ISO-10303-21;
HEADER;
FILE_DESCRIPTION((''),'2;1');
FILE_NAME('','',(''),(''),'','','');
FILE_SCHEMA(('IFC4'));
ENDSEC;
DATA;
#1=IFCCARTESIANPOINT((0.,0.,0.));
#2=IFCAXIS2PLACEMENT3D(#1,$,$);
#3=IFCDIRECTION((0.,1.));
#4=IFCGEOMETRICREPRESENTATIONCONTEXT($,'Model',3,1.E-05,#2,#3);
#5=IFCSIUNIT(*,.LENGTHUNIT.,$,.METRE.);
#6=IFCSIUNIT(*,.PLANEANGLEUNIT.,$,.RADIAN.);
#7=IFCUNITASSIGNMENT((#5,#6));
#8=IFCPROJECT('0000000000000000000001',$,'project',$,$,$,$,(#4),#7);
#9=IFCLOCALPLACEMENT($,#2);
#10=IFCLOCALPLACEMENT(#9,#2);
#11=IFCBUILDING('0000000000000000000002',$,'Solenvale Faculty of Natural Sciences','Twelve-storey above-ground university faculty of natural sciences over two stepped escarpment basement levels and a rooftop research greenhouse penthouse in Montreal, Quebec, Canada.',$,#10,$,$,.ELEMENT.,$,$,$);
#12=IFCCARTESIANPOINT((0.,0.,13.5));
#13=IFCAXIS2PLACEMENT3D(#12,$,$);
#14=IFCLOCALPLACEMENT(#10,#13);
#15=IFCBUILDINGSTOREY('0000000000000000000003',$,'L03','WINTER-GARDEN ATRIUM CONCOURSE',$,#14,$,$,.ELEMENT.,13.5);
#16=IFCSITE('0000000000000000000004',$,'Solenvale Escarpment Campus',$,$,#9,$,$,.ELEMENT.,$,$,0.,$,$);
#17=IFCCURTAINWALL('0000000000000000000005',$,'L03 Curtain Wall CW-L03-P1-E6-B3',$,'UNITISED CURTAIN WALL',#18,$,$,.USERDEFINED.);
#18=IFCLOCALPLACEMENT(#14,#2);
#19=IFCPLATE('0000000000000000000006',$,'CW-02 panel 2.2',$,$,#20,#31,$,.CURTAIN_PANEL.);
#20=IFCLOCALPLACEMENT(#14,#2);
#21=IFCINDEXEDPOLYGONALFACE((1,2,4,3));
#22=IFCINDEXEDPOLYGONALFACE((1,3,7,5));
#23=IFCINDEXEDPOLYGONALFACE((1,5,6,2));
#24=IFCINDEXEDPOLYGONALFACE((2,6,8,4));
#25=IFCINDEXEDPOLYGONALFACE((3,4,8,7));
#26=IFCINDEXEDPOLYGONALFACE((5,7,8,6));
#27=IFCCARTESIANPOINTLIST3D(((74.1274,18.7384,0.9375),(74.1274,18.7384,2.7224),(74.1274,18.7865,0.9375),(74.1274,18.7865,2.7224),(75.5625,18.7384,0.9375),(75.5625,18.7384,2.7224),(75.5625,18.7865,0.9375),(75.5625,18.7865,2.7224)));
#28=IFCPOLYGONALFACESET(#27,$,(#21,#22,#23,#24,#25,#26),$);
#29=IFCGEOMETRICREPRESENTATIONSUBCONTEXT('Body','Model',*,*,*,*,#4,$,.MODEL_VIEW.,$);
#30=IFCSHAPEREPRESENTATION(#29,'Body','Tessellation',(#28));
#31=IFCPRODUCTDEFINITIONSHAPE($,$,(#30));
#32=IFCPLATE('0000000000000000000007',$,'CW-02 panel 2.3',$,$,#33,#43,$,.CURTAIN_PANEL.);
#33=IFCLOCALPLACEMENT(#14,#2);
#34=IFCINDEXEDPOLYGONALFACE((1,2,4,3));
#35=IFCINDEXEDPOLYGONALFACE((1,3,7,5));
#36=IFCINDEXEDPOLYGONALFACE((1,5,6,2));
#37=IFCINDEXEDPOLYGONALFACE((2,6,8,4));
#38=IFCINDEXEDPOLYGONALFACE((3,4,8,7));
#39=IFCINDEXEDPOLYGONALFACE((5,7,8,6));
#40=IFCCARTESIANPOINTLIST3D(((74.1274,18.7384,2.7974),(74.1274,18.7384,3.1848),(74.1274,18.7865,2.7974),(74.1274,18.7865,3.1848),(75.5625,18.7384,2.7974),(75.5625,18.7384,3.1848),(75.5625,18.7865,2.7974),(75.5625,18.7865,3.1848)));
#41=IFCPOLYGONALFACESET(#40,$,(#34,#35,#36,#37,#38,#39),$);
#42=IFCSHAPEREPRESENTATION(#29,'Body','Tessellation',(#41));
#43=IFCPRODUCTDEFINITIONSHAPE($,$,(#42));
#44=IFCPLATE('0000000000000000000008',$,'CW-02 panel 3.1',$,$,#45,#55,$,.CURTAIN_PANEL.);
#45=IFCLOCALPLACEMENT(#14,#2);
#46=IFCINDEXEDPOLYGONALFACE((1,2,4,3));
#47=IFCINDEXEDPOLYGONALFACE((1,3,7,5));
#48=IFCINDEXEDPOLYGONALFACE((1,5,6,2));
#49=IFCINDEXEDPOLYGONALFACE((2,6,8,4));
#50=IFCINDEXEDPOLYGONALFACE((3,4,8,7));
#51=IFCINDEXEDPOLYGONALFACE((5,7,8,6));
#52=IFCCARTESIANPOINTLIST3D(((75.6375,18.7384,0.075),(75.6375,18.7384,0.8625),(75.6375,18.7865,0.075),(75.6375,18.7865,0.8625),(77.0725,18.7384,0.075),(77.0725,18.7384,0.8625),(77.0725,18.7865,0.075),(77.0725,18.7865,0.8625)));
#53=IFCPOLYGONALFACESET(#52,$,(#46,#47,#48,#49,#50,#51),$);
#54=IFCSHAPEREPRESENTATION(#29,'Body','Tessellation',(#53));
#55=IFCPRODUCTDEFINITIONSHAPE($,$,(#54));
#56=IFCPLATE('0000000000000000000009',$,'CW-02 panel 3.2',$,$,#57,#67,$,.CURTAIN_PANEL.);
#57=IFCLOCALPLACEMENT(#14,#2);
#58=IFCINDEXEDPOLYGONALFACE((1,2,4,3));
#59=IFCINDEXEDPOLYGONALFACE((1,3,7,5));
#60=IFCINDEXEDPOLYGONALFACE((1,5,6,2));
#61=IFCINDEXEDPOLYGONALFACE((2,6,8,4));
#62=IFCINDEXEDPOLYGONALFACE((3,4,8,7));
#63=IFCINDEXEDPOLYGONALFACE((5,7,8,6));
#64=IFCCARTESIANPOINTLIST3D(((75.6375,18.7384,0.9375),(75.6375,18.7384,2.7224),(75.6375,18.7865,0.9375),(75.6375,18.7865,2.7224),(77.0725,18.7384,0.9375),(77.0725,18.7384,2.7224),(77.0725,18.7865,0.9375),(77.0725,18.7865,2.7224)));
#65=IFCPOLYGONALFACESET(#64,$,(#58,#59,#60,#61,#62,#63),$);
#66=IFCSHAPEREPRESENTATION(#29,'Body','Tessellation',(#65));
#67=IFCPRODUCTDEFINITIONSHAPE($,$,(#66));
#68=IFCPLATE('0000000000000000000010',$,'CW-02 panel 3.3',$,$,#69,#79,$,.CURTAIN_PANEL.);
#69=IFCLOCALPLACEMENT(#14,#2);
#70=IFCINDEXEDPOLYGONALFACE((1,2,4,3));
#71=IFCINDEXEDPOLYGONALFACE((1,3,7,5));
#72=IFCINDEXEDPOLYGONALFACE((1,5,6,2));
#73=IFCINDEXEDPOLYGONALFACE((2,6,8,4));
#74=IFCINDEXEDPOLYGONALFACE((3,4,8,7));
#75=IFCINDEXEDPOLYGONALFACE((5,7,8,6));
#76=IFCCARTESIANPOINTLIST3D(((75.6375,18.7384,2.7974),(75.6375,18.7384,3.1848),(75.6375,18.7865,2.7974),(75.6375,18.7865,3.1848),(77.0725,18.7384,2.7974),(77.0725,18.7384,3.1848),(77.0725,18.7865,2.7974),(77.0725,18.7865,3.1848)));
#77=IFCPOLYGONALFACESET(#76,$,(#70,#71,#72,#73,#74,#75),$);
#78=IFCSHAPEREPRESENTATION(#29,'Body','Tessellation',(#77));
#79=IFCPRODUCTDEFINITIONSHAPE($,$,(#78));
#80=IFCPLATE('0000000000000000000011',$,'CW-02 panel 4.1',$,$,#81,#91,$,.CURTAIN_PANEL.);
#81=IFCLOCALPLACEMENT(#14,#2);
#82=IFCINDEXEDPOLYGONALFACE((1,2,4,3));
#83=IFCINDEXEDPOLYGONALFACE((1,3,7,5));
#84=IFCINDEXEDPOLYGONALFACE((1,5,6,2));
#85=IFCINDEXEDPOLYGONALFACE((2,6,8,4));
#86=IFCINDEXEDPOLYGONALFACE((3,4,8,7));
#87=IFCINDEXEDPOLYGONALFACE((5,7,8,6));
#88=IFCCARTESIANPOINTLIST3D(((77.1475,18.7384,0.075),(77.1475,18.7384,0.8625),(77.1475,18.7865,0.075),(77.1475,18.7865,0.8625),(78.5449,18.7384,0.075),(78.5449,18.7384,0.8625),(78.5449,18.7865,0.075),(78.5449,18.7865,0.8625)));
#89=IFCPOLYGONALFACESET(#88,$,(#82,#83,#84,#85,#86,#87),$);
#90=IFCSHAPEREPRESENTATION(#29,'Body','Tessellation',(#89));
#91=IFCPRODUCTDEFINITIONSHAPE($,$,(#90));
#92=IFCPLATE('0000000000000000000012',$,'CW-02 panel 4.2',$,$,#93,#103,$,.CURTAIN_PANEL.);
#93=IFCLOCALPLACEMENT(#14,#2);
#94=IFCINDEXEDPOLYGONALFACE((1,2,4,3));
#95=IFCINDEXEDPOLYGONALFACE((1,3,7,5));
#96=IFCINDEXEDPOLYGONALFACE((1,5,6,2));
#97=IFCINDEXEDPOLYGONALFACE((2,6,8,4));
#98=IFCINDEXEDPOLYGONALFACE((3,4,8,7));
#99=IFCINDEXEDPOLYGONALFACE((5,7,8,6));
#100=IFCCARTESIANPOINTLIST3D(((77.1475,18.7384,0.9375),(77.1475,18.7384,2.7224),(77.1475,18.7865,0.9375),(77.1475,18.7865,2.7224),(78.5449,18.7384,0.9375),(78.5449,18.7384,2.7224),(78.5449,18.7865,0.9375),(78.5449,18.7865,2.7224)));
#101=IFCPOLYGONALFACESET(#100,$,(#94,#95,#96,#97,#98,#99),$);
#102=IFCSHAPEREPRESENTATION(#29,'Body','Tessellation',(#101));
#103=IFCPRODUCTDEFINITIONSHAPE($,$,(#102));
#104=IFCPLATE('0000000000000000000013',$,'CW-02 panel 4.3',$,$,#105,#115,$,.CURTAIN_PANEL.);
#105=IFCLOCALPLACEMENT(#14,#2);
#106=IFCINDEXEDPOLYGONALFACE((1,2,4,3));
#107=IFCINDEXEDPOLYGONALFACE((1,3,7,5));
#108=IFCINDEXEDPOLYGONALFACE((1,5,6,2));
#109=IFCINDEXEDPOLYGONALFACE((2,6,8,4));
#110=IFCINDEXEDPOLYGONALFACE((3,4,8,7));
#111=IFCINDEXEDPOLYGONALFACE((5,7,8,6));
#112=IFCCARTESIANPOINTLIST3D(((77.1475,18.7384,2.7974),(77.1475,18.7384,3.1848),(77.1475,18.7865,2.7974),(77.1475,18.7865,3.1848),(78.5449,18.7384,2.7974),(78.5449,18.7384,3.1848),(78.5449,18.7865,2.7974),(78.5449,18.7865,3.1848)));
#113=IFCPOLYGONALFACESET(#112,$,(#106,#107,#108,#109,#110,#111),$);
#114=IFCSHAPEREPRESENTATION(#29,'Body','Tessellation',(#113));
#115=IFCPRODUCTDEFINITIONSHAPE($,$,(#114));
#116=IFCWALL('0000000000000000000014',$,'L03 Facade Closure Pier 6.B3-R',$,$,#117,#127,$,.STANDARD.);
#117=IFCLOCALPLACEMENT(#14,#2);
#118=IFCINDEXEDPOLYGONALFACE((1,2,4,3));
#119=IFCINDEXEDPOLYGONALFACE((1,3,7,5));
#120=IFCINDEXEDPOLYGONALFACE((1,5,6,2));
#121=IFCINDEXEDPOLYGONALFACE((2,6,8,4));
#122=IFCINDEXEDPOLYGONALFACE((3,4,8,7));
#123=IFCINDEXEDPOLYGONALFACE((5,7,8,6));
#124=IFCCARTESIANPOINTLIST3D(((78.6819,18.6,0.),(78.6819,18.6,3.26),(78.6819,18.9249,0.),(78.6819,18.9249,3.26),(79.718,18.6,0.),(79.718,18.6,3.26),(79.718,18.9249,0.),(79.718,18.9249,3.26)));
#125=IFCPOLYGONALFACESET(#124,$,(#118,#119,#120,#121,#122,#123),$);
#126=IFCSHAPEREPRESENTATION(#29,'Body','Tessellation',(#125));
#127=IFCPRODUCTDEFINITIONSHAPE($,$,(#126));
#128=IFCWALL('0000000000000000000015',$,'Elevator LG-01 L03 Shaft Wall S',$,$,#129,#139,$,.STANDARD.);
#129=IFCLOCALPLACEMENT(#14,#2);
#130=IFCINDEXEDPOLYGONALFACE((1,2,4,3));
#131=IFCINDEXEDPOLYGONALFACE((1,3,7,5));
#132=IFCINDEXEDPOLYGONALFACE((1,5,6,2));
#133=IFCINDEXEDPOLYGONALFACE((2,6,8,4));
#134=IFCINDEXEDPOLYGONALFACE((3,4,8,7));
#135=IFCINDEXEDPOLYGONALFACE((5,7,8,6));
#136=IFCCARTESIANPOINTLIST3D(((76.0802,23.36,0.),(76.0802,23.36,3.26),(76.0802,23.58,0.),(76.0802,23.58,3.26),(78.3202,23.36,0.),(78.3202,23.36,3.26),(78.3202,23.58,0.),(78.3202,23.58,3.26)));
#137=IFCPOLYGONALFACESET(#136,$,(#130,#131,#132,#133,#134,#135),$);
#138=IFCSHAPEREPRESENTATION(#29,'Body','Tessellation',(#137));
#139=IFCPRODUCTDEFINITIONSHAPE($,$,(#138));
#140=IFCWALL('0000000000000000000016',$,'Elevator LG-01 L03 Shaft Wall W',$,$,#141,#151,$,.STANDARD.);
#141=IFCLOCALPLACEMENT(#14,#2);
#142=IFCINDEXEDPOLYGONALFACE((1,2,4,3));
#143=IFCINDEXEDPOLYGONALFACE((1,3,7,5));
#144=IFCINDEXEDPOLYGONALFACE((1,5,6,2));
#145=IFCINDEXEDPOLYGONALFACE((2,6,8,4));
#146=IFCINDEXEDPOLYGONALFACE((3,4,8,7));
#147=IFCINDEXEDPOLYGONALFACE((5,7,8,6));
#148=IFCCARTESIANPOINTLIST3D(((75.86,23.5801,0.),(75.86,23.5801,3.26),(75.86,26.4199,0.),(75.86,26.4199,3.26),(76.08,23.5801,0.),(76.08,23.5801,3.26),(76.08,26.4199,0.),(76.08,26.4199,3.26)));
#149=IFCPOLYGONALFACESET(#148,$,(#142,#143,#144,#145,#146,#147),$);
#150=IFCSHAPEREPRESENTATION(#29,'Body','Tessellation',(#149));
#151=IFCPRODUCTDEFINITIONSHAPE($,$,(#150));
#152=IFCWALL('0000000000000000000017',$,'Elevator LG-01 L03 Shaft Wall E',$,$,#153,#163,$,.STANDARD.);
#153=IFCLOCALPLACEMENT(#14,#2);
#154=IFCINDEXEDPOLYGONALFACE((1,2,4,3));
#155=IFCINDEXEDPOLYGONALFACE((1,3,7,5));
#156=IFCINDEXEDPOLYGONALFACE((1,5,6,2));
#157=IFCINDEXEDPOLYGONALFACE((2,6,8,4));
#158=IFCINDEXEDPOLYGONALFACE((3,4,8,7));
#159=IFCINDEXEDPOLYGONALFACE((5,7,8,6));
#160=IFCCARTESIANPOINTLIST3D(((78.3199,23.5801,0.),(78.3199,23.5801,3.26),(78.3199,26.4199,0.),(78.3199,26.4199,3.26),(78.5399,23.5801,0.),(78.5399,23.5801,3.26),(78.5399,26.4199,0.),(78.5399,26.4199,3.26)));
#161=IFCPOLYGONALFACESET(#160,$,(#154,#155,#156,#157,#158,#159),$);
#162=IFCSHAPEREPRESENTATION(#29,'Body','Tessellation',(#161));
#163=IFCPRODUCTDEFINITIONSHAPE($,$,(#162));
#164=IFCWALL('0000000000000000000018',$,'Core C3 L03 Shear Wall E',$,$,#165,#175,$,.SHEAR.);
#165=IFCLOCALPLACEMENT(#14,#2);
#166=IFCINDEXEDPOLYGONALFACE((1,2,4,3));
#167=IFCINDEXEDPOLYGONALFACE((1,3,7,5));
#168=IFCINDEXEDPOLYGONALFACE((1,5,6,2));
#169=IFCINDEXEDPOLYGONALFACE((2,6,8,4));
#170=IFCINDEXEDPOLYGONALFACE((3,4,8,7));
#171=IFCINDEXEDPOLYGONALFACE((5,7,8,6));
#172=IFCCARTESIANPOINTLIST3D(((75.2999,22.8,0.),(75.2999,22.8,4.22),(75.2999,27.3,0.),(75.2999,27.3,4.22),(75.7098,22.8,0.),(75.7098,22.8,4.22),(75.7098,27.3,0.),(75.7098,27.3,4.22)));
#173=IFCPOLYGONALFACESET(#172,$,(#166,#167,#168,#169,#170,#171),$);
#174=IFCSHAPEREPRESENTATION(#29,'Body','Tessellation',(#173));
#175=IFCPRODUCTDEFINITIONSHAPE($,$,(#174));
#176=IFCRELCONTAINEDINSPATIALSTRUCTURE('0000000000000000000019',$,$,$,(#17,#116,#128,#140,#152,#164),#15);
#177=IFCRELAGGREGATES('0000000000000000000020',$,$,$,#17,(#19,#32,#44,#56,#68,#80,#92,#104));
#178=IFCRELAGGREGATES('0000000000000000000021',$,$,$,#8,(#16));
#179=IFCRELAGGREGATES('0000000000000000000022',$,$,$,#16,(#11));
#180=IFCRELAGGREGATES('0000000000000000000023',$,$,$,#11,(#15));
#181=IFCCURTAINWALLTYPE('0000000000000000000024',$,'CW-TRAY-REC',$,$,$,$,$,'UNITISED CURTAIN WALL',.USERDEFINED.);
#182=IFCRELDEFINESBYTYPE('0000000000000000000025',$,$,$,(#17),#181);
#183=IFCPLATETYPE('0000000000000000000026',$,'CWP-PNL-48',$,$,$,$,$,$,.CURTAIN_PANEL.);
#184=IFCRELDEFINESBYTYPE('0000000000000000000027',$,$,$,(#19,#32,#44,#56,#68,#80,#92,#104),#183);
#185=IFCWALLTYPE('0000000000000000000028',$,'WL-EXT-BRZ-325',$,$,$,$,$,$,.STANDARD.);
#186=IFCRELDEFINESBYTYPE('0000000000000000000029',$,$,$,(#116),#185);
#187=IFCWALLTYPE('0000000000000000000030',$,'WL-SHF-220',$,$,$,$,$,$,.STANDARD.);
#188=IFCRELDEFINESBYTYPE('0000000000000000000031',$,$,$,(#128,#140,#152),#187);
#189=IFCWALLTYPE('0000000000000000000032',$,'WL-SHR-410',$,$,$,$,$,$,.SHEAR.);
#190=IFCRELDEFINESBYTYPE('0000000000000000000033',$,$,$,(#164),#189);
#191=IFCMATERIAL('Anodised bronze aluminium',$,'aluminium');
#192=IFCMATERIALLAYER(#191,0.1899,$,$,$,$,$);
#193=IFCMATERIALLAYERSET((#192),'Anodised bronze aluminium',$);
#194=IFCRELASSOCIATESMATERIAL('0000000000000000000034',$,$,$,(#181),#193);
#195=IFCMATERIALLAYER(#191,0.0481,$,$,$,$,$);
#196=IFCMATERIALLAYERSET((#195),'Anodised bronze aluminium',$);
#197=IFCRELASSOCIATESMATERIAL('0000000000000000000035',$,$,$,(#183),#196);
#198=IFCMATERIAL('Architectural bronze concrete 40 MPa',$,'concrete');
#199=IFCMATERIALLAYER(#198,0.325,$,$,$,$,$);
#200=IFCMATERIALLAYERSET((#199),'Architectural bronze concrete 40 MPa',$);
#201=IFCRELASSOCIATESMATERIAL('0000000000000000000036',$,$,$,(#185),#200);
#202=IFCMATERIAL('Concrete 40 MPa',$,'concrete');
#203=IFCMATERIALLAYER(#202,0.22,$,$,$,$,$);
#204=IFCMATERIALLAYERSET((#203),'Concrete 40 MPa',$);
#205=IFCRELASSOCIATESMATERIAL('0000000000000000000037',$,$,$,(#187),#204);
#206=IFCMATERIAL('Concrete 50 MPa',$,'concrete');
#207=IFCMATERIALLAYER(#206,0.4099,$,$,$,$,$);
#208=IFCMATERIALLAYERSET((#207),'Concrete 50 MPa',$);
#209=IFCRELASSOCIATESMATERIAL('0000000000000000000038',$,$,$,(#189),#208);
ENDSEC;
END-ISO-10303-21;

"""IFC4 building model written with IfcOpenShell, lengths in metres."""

from ifc_helpers import new_model, si_unit, direction, frame, frame_2d, origin, origin_2d, place, context, subcontext, project, spatial, rectangle, extrude, material, layer, layer_set, type_object, element, aggregate, save


model = new_model("IFC4")

# Units and contexts
model_context = context("Model", 3, precision=1e-05, world=origin(), true_north=direction((0.0, 1.0)))
body_context = subcontext(model_context, "Body", "Model", "MODEL_VIEW")
ifc_project = project(units=[si_unit("LENGTHUNIT", "METRE"), si_unit("PLANEANGLEUNIT", "RADIAN")], contexts=[model_context])

# Site, building, storey
site_placement = place(None, origin())
site = spatial("IfcSite", under=ifc_project, at=site_placement, Name="Solenvale Escarpment Campus", CompositionType="ELEMENT", RefElevation=0.0)
building_placement = place(site_placement, origin())
building = spatial("IfcBuilding", under=site, at=building_placement, Name="Solenvale Faculty of Natural Sciences", Description="Twelve-storey above-ground university faculty of natural sciences over two stepped escarpment basement levels and a rooftop research greenhouse penthouse in Montreal, Quebec, Canada.", CompositionType="ELEMENT")
storey_placement = place(building_placement, frame((0.0, 0.0, 13.5)))
storey = spatial("IfcBuildingStorey", under=building, at=storey_placement, Name="L03", Description="WINTER-GARDEN ATRIUM CONCOURSE", CompositionType="ELEMENT", Elevation=13.5)

# Curtain wall, plates
ifc_material_1 = material(Name="Anodised bronze aluminium", Category="aluminium")
ifc_layer_1 = layer(ifc_material_1, 0.1899)
ifc_layer_set_1 = layer_set([ifc_layer_1], Name="Anodised bronze aluminium")
curtain_wall_type = type_object("IfcCurtainWallType", Name="CW-TRAY-REC", ElementType="UNITISED CURTAIN WALL", PredefinedType="USERDEFINED", material=ifc_layer_set_1)
curtain_wall_placement = place(storey_placement, origin())
curtain_wall = element("IfcCurtainWall", 1, at=curtain_wall_placement, inside=storey, type_object=curtain_wall_type, Name="L03 Curtain Wall CW-L03-P1-E6-B3", ObjectType="UNITISED CURTAIN WALL", PredefinedType="USERDEFINED")
ifc_layer_2 = layer(ifc_material_1, 0.0481)
ifc_layer_set_2 = layer_set([ifc_layer_2], Name="Anodised bronze aluminium")
plate_type = type_object("IfcPlateType", Name="CWP-PNL-48", PredefinedType="CURTAIN_PANEL", material=ifc_layer_set_2)
plate_1_placement = place(storey_placement, frame((74.845, 18.7625, 0.9375), z_axis=(0.0, 0.0, 1.0), x_axis=(1.0, 0.0, 0.0)))
plate_1 = element("IfcPlate", 2, at=plate_1_placement, type_object=plate_type, Name="CW-02 panel 2.2", PredefinedType="CURTAIN_PANEL", context=body_context, shape_type="SweptSolid", body=[
    extrude(rectangle(XDim=1.4351, YDim=0.0481, at=origin_2d()), origin(), (0.0, 0.0, 1.0), 1.7849),
])
plate_2_placement = place(storey_placement, frame((74.845, 18.7625, 2.7974), z_axis=(0.0, 0.0, 1.0), x_axis=(1.0, 0.0, 0.0)))
plate_2 = element("IfcPlate", 3, at=plate_2_placement, type_object=plate_type, Name="CW-02 panel 2.3", PredefinedType="CURTAIN_PANEL", context=body_context, shape_type="SweptSolid", body=[
    extrude(rectangle(XDim=1.4351, YDim=0.0481, at=origin_2d()), origin(), (0.0, 0.0, 1.0), 0.3875),
])
plate_3_placement = place(storey_placement, frame((76.355, 18.7625, 0.075), z_axis=(0.0, 0.0, 1.0), x_axis=(1.0, 0.0, 0.0)))
plate_3 = element("IfcPlate", 4, at=plate_3_placement, type_object=plate_type, Name="CW-02 panel 3.1", PredefinedType="CURTAIN_PANEL", context=body_context, shape_type="SweptSolid", body=[
    extrude(rectangle(XDim=1.4351, YDim=0.0481, at=origin_2d()), origin(), (0.0, 0.0, 1.0), 0.7876),
])
plate_4_placement = place(storey_placement, frame((76.355, 18.7625, 0.9375), z_axis=(0.0, 0.0, 1.0), x_axis=(1.0, 0.0, 0.0)))
plate_4 = element("IfcPlate", 5, at=plate_4_placement, type_object=plate_type, Name="CW-02 panel 3.2", PredefinedType="CURTAIN_PANEL", context=body_context, shape_type="SweptSolid", body=[
    extrude(rectangle(XDim=1.4351, YDim=0.0481, at=origin_2d()), origin(), (0.0, 0.0, 1.0), 1.7849),
])
plate_5_placement = place(storey_placement, frame((76.355, 18.7625, 2.7974), z_axis=(0.0, 0.0, 1.0), x_axis=(1.0, 0.0, 0.0)))
plate_5 = element("IfcPlate", 6, at=plate_5_placement, type_object=plate_type, Name="CW-02 panel 3.3", PredefinedType="CURTAIN_PANEL", context=body_context, shape_type="SweptSolid", body=[
    extrude(rectangle(XDim=1.4351, YDim=0.0481, at=origin_2d()), origin(), (0.0, 0.0, 1.0), 0.3875),
])
plate_6_placement = place(storey_placement, frame((77.8462, 18.7625, 0.075), z_axis=(0.0, 0.0, 1.0), x_axis=(1.0, 0.0, 0.0)))
plate_6 = element("IfcPlate", 7, at=plate_6_placement, type_object=plate_type, Name="CW-02 panel 4.1", PredefinedType="CURTAIN_PANEL", context=body_context, shape_type="SweptSolid", body=[
    extrude(rectangle(XDim=1.3975, YDim=0.0481, at=origin_2d()), origin(), (0.0, 0.0, 1.0), 0.7876),
])
plate_7_placement = place(storey_placement, frame((77.8462, 18.7625, 0.9375), z_axis=(0.0, 0.0, 1.0), x_axis=(1.0, 0.0, 0.0)))
plate_7 = element("IfcPlate", 8, at=plate_7_placement, type_object=plate_type, Name="CW-02 panel 4.2", PredefinedType="CURTAIN_PANEL", context=body_context, shape_type="SweptSolid", body=[
    extrude(rectangle(XDim=1.3975, YDim=0.0481, at=origin_2d()), origin(), (0.0, 0.0, 1.0), 1.7849),
])
plate_8_placement = place(storey_placement, frame((77.8462, 18.7625, 2.7974), z_axis=(0.0, 0.0, 1.0), x_axis=(1.0, 0.0, 0.0)))
plate_8 = element("IfcPlate", 9, at=plate_8_placement, type_object=plate_type, Name="CW-02 panel 4.3", PredefinedType="CURTAIN_PANEL", context=body_context, shape_type="SweptSolid", body=[
    extrude(rectangle(XDim=1.3975, YDim=0.0481, at=origin_2d()), origin(), (0.0, 0.0, 1.0), 0.3875),
])
aggregate(curtain_wall, [plate_1, plate_2, plate_3, plate_4, plate_5, plate_6, plate_7, plate_8])

# Walls
ifc_material_2 = material(Name="Architectural bronze concrete 40 MPa", Category="concrete")
ifc_layer_3 = layer(ifc_material_2, 0.325)
ifc_layer_set_3 = layer_set([ifc_layer_3], Name="Architectural bronze concrete 40 MPa")
wall_type_1 = type_object("IfcWallType", Name="WL-EXT-BRZ-325", PredefinedType="STANDARD", material=ifc_layer_set_3)
wall_1_placement = place(storey_placement, frame((78.6819, 18.7625, 0.0), z_axis=(0.0, 0.0, 1.0), x_axis=(1.0, 0.0, 0.0)))
element("IfcWall", 10, at=wall_1_placement, inside=storey, type_object=wall_type_1, Name="L03 Facade Closure Pier 6.B3-R", PredefinedType="STANDARD", context=body_context, shape_type="SweptSolid", body=[
    extrude(rectangle(XDim=1.0361, YDim=0.325, at=frame_2d((0.5181, 0.0))), origin(), (0.0, 0.0, 1.0), 3.26),
])
ifc_material_3 = material(Name="Concrete 40 MPa", Category="concrete")
ifc_layer_4 = layer(ifc_material_3, 0.22)
ifc_layer_set_4 = layer_set([ifc_layer_4], Name="Concrete 40 MPa")
wall_type_2 = type_object("IfcWallType", Name="WL-SHF-220", PredefinedType="STANDARD", material=ifc_layer_set_4)
wall_2_placement = place(storey_placement, frame((76.0801, 23.47, 0.0), z_axis=(0.0, 0.0, 1.0), x_axis=(1.0, 0.0, 0.0)))
element("IfcWall", 11, at=wall_2_placement, inside=storey, type_object=wall_type_2, Name="Elevator LG-01 L03 Shaft Wall S", PredefinedType="STANDARD", context=body_context, shape_type="SweptSolid", body=[
    extrude(rectangle(XDim=2.24, YDim=0.22, at=frame_2d((1.1201, 0.0))), origin(), (0.0, 0.0, 1.0), 3.26),
])
for number, where, z_axis, x_axis, name in (
    (12, (75.97, 23.5801, 0.0), (0.0, 0.0, 1.0), (0.0, 1.0, 0.0), "Elevator LG-01 L03 Shaft Wall W"),
    (13, (78.4299, 23.5801, 0.0), (0.0, 0.0, 1.0), (0.0, 1.0, 0.0), "Elevator LG-01 L03 Shaft Wall E"),
):
    element("IfcWall", number, at=place(storey_placement, frame(where, z_axis=z_axis, x_axis=x_axis)), inside=storey, type_object=wall_type_2, Name=name, PredefinedType="STANDARD", context=body_context, shape_type="SweptSolid", body=[
        extrude(rectangle(XDim=2.8398, YDim=0.22, at=frame_2d((1.4199, 0.0))), origin(), (0.0, 0.0, 1.0), 3.26),
    ])
ifc_material_4 = material(Name="Concrete 50 MPa", Category="concrete")
ifc_layer_5 = layer(ifc_material_4, 0.4099)
ifc_layer_set_5 = layer_set([ifc_layer_5], Name="Concrete 50 MPa")
wall_type_3 = type_object("IfcWallType", Name="WL-SHR-410", PredefinedType="SHEAR", material=ifc_layer_set_5)
wall_3_placement = place(storey_placement, frame((75.5049, 22.8, 0.0), z_axis=(0.0, 0.0, 1.0), x_axis=(0.0, 1.0, 0.0)))
element("IfcWall", 14, at=wall_3_placement, inside=storey, type_object=wall_type_3, Name="Core C3 L03 Shear Wall E", PredefinedType="SHEAR", context=body_context, shape_type="SweptSolid", body=[
    extrude(rectangle(XDim=4.5, YDim=0.4099, at=frame_2d((2.25, 0.0))), origin(), (0.0, 0.0, 1.0), 4.22),
])

save(model, "model.ifc")
